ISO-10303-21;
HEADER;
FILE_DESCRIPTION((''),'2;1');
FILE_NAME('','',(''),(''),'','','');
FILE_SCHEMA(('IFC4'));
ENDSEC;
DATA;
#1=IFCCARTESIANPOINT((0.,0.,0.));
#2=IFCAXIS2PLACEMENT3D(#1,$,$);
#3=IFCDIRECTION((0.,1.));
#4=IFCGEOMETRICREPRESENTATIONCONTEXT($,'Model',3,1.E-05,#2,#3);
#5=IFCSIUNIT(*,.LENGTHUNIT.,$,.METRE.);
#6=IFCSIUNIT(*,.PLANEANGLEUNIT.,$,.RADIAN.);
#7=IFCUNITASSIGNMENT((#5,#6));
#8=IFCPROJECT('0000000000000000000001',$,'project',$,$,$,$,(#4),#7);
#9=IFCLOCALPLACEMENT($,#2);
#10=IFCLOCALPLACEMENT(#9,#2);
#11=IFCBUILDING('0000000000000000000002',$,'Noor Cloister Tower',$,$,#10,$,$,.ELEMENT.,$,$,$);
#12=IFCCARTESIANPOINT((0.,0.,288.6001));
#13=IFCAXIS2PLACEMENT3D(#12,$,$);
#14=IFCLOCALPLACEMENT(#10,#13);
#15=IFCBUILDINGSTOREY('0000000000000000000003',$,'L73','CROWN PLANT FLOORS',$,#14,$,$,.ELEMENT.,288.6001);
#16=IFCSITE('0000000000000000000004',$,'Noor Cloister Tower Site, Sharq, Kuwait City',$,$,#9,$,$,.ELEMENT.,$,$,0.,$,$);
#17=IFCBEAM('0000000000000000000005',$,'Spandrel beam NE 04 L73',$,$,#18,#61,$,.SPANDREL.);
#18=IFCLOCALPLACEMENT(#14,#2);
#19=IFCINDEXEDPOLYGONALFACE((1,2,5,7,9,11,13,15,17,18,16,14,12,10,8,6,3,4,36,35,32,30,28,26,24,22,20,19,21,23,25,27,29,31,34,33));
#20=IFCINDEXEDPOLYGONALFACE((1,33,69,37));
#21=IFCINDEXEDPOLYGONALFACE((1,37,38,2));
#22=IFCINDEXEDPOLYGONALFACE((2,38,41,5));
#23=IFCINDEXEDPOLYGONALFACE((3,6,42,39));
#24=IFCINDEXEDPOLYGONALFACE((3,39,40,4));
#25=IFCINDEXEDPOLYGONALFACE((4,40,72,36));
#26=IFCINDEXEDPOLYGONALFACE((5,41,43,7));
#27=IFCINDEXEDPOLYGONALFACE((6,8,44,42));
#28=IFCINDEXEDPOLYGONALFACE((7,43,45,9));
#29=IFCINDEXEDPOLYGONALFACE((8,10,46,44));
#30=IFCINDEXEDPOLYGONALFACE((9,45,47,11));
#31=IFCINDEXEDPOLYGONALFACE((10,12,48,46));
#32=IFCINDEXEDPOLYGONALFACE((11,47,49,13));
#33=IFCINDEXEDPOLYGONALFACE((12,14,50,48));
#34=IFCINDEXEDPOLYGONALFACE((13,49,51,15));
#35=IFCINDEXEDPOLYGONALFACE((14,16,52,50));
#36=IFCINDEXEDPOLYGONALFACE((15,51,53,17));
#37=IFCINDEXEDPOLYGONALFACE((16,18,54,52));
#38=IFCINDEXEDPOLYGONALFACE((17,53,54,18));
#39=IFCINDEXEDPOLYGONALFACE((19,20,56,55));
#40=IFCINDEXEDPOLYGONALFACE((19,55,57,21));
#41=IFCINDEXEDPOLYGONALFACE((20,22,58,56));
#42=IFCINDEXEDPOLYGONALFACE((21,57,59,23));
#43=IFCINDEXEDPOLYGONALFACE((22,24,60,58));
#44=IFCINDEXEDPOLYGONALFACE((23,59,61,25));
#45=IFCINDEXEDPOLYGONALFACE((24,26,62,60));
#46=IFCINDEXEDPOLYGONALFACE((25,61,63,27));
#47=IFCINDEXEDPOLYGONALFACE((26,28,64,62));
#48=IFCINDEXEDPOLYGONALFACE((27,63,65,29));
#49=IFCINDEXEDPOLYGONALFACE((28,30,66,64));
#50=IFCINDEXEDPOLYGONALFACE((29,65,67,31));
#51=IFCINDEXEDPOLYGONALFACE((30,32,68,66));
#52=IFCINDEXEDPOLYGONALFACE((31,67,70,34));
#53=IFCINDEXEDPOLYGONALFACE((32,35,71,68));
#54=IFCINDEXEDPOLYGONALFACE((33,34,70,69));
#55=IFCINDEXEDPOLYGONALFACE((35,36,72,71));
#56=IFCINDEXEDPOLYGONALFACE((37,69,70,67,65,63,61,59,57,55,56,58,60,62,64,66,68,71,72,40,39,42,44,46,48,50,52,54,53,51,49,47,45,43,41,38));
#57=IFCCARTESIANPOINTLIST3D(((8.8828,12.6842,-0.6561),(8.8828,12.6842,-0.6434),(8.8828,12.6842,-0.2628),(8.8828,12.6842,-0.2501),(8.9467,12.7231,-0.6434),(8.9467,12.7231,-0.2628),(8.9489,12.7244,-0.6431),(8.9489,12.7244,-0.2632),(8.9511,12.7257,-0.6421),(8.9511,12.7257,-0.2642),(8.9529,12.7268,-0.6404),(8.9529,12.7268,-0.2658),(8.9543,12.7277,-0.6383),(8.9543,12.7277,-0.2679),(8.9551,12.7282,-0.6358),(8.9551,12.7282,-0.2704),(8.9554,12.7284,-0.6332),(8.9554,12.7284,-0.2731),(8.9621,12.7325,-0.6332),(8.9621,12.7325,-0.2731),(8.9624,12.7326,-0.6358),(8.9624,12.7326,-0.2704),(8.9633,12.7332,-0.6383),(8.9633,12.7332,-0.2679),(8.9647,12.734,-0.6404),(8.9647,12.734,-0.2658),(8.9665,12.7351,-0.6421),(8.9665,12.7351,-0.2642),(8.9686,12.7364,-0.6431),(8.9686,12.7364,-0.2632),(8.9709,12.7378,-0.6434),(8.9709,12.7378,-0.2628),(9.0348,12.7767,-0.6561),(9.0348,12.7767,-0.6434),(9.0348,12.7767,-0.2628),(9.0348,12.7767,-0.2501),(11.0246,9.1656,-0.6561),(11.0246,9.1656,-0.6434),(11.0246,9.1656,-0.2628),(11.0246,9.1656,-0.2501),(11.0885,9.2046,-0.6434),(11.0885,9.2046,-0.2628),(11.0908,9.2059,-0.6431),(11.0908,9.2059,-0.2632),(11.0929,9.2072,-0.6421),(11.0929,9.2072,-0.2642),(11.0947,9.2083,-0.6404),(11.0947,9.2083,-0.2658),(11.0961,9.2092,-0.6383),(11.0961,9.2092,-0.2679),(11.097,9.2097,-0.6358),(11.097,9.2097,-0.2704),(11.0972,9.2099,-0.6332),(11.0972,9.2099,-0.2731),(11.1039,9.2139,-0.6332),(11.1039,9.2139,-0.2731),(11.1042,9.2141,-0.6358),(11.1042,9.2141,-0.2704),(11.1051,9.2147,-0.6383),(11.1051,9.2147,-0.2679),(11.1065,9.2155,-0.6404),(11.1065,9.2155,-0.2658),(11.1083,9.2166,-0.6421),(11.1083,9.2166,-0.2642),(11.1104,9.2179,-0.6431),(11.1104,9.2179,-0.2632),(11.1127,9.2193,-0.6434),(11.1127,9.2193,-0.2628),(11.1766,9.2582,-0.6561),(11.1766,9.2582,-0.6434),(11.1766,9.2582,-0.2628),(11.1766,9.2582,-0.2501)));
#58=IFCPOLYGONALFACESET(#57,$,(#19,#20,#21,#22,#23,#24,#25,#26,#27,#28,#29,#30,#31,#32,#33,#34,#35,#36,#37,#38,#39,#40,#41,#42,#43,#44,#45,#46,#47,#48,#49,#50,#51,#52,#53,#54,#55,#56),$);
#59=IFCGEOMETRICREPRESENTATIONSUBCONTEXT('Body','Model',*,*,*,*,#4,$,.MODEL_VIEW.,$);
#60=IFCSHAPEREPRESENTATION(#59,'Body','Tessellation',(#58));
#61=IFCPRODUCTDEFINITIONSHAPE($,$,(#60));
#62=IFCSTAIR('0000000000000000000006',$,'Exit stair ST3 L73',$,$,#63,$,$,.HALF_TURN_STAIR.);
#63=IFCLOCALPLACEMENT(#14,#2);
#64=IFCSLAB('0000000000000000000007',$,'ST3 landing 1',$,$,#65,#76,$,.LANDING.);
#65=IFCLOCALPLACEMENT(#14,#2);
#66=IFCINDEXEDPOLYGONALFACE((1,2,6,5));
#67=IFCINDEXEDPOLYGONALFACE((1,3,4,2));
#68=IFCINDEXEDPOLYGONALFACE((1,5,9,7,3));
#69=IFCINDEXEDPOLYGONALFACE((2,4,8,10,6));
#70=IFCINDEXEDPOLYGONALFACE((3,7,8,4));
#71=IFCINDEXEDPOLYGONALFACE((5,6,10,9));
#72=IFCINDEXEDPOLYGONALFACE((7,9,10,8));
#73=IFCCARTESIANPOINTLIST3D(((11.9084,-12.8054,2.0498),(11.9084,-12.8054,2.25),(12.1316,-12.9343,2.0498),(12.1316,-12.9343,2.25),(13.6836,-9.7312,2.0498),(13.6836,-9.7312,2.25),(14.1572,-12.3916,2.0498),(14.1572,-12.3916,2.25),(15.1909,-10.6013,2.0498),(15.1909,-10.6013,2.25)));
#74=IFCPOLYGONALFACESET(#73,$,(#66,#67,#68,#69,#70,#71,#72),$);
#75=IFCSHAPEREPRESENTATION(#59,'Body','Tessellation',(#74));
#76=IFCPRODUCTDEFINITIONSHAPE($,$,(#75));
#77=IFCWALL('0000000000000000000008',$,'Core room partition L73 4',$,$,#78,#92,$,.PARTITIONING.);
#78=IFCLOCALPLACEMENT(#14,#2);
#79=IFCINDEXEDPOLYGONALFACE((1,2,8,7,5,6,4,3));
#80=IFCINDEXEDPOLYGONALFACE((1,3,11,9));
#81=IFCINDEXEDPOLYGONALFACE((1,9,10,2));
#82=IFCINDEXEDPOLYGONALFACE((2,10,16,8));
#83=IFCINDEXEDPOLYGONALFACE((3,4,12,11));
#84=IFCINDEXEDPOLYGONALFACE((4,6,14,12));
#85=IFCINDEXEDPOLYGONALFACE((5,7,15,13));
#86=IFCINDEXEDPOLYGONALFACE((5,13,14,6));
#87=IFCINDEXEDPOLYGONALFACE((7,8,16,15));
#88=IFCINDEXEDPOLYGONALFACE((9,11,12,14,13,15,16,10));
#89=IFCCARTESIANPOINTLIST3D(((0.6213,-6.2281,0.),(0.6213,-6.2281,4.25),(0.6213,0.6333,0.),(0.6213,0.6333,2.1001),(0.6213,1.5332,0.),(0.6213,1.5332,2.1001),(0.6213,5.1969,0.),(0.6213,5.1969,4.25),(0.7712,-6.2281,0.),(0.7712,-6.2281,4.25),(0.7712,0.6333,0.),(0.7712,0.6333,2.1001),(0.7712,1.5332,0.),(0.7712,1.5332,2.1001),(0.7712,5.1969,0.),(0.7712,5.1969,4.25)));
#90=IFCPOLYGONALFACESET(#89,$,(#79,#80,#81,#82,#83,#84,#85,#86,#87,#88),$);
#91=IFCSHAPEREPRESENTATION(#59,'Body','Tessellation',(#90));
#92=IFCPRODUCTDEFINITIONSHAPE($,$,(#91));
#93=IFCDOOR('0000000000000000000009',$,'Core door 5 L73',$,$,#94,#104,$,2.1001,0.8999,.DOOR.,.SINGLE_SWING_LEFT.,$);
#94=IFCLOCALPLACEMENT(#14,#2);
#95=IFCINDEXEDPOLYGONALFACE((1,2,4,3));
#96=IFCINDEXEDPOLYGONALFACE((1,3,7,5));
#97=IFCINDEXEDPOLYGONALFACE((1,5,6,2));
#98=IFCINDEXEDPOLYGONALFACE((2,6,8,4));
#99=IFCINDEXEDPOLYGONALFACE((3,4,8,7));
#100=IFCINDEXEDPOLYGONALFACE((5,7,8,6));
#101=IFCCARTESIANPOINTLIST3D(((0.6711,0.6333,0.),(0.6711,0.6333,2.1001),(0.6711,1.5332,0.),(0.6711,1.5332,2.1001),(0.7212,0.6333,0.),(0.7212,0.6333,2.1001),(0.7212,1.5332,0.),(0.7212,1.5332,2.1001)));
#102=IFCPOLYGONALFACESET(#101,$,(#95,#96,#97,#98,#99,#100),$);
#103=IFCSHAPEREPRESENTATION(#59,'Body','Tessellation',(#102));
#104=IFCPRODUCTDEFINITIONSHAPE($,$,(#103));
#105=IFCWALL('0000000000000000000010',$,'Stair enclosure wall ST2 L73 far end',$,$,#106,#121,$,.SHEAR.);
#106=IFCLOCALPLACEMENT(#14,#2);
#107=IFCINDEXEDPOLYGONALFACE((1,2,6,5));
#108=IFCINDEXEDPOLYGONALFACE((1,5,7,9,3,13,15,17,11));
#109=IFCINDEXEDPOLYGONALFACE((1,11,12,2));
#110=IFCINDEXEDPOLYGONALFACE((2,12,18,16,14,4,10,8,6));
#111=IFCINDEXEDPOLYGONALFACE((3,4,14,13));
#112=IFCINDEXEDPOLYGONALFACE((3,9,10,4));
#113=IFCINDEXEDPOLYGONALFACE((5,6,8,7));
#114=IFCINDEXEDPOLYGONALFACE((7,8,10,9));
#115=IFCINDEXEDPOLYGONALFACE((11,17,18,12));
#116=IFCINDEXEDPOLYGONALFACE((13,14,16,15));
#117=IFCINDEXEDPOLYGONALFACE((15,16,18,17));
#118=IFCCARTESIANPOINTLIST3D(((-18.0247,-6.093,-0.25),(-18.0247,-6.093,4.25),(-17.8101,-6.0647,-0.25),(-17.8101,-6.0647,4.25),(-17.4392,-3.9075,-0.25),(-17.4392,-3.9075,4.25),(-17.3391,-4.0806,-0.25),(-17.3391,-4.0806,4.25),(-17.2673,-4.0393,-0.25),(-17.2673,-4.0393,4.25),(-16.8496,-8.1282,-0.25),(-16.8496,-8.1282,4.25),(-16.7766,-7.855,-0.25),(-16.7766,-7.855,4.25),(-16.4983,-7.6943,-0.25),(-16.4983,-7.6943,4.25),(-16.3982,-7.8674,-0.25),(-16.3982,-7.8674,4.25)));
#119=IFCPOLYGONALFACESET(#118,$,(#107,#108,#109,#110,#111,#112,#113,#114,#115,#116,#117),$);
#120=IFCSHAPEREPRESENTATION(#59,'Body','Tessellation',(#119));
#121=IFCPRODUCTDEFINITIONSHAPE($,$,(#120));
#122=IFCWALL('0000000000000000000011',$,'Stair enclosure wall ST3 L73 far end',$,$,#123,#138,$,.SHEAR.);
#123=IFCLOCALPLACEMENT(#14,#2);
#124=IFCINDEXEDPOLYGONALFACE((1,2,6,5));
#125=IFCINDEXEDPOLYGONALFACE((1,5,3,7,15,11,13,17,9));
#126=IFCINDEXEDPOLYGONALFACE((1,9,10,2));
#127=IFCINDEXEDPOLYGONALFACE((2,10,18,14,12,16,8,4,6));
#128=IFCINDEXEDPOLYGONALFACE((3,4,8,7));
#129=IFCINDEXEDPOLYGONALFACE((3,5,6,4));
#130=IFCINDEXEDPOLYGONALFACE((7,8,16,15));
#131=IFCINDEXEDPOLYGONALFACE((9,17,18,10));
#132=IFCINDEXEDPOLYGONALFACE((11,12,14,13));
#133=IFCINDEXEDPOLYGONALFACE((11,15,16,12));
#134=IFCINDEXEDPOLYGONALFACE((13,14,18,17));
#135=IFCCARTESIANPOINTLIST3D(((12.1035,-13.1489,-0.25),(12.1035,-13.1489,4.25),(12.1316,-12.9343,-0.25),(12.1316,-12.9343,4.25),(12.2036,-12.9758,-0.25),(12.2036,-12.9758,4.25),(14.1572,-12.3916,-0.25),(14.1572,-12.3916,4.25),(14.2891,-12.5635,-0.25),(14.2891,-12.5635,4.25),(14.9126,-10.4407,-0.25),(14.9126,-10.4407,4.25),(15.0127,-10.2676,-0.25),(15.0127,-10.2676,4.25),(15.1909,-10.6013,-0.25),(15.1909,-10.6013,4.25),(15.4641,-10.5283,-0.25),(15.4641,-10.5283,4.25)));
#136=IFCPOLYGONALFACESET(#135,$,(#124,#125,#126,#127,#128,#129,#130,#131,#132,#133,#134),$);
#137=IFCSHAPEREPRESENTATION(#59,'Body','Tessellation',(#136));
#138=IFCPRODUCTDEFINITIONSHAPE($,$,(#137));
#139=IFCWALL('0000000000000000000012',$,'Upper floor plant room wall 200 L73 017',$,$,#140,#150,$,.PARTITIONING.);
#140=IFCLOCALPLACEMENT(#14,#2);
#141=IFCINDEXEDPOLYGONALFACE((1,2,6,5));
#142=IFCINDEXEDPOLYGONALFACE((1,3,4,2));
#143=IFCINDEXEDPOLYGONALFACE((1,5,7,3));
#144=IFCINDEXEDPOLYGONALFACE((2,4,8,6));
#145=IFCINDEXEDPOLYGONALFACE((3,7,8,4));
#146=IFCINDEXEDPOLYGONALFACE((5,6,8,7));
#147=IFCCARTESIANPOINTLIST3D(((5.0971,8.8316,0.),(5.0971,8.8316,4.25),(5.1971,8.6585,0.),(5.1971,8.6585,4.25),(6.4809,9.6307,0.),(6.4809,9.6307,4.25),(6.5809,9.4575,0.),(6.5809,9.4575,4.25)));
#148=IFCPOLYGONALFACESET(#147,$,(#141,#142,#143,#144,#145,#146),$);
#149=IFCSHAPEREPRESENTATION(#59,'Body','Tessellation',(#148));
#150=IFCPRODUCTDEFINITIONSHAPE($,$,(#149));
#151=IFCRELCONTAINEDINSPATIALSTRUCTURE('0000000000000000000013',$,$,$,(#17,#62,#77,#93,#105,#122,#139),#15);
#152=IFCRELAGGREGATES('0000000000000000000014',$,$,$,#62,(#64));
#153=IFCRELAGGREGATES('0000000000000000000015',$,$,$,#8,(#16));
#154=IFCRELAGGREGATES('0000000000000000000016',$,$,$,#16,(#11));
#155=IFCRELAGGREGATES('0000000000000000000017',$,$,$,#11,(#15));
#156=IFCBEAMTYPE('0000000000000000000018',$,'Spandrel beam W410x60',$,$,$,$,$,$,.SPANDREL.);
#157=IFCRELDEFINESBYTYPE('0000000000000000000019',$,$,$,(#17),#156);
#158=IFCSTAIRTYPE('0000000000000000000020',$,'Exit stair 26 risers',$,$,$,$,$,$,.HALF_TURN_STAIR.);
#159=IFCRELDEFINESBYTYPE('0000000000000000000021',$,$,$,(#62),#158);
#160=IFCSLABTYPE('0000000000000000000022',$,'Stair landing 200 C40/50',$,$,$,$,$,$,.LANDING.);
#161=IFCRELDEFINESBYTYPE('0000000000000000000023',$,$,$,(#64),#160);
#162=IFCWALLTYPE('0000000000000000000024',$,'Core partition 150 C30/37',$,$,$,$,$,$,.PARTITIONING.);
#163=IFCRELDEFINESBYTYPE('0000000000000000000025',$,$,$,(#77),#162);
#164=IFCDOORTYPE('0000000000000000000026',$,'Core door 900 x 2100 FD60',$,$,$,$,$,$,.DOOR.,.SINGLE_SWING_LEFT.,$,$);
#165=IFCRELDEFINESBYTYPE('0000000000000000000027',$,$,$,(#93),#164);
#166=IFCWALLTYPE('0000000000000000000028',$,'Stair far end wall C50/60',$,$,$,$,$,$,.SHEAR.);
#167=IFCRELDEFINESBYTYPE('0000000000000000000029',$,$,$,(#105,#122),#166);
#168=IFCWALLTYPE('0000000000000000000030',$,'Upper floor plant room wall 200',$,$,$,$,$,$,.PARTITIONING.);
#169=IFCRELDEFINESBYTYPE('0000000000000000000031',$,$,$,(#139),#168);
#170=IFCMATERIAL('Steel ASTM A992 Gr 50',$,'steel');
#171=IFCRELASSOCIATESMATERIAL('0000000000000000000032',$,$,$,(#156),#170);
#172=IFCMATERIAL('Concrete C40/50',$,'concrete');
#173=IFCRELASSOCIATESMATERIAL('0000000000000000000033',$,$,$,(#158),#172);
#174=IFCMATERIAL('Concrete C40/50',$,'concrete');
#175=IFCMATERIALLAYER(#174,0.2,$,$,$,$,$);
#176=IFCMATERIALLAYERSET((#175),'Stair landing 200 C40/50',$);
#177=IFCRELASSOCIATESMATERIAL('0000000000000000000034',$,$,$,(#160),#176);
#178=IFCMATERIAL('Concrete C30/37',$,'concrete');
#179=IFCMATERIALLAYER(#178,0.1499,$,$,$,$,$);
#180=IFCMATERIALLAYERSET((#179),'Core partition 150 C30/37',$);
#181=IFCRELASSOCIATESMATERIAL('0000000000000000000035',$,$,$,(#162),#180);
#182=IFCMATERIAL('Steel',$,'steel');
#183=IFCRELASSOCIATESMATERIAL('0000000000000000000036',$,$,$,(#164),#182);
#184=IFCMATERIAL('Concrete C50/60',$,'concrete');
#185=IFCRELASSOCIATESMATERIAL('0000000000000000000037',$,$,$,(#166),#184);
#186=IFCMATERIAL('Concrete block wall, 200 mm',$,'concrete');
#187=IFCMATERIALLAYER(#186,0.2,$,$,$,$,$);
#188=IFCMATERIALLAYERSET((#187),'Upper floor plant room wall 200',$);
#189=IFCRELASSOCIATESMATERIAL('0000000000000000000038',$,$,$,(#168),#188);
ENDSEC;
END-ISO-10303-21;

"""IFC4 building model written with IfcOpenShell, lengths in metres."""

from ifc_helpers import new_model, si_unit, direction, frame, frame_2d, origin, origin_2d, place, context, subcontext, project, spatial, polyline, rectangle, i_section, outline, extrude, material, layer, layer_set, material_profile, profile_set, type_object, element, fill, aggregate, save


model = new_model("IFC4")

# Units and contexts
model_context = context("Model", 3, precision=1e-05, world=origin(), true_north=direction((0.0, 1.0)))
body_context = subcontext(model_context, "Body", "Model", "MODEL_VIEW")
ifc_project = project(units=[si_unit("LENGTHUNIT", "METRE"), si_unit("PLANEANGLEUNIT", "RADIAN")], contexts=[model_context])

# Site, building, storey
site_placement = place(None, origin())
site = spatial("IfcSite", under=ifc_project, at=site_placement, Name="Noor Cloister Tower Site, Sharq, Kuwait City", CompositionType="ELEMENT", RefElevation=0.0)
building_placement = place(site_placement, origin())
building = spatial("IfcBuilding", under=site, at=building_placement, Name="Noor Cloister Tower", CompositionType="ELEMENT")
storey_placement = place(building_placement, frame((0.0, 0.0, 288.6001)))
storey = spatial("IfcBuildingStorey", under=building, at=storey_placement, Name="L73", Description="CROWN PLANT FLOORS", CompositionType="ELEMENT", Elevation=288.6001)

# Beam
ifc_material_1 = material(Name="Steel ASTM A992 Gr 50", Category="steel")
ifc_material_profile_1 = material_profile(ifc_material_1, i_section(OverallWidth=0.178, OverallDepth=0.406, WebThickness=0.0078, FlangeThickness=0.0127, FilletRadius=0.0103, at=origin_2d()), Name="W410x60")
ifc_profile_set_1 = profile_set([ifc_material_profile_1], Name="Steel ASTM A992 Gr 50")
beam_type_1 = type_object("IfcBeamType", Name="Spandrel beam W410x60", PredefinedType="SPANDREL", material=ifc_profile_set_1)
for number, where, z_axis, x_axis, name in (
    (1, (11.1006, 9.2119, -0.4531), (-0.519968, 0.854186, 0.0), (-0.854186, -0.519968, 0.0), "Spandrel beam NE 04 L73"),
):
    element("IfcBeam", number, at=place(storey_placement, frame(where, z_axis=z_axis, x_axis=x_axis)), inside=storey, type_object=beam_type_1, Name=name, PredefinedType="SPANDREL", context=body_context, shape_type="SweptSolid", body=[
        extrude(i_section(OverallWidth=0.178, OverallDepth=0.406, WebThickness=0.0078, FlangeThickness=0.0127, FilletRadius=0.0103, at=origin_2d()), origin(), (0.0, 0.0, 1.0), 4.1191),
    ])

# Stair, slab
ifc_material_2 = material(Name="Concrete C40/50", Category="concrete")
stair_type = type_object("IfcStairType", Name="Exit stair 26 risers", PredefinedType="HALF_TURN_STAIR", material=ifc_material_2)
stair_placement = place(storey_placement, origin())
stair = element("IfcStair", 2, at=stair_placement, inside=storey, type_object=stair_type, Name="Exit stair ST3 L73", PredefinedType="HALF_TURN_STAIR")
ifc_material_3 = material(Name="Concrete C40/50", Category="concrete")
ifc_layer_1 = layer(ifc_material_3, 0.2)
ifc_layer_set_1 = layer_set([ifc_layer_1], Name="Stair landing 200 C40/50")
slab_type = type_object("IfcSlabType", Name="Stair landing 200 C40/50", PredefinedType="LANDING", material=ifc_layer_set_1)
slab_placement = place(storey_placement, frame((0.0, 0.0, 2.0498)))
slab = element("IfcSlab", 3, at=slab_placement, type_object=slab_type, Name="ST3 landing 1", PredefinedType="LANDING", context=body_context, shape_type="SweptSolid", body=[
    extrude(outline(polyline([(11.9084, -12.8054), (12.1316, -12.9343), (14.1572, -12.3916), (15.1909, -10.6013), (13.6836, -9.7312), (11.9084, -12.8054)])), origin(), (0.0, 0.0, 1.0), 0.2002),
])
aggregate(stair, [slab])

# Wall, opening, door
ifc_material_4 = material(Name="Concrete C30/37", Category="concrete")
ifc_layer_2 = layer(ifc_material_4, 0.1499)
ifc_layer_set_2 = layer_set([ifc_layer_2], Name="Core partition 150 C30/37")
wall_type_1 = type_object("IfcWallType", Name="Core partition 150 C30/37", PredefinedType="PARTITIONING", material=ifc_layer_set_2)
wall_1_placement = place(storey_placement, frame((0.6963, 5.1968, 0.0), z_axis=(0.0, 0.0, 1.0), x_axis=(0.0, -1.0, 0.0)))
wall_1 = element("IfcWall", 4, at=wall_1_placement, inside=storey, type_object=wall_type_1, Name="Core room partition L73 4", PredefinedType="PARTITIONING", context=body_context, shape_type="SweptSolid", body=[
    extrude(rectangle(XDim=11.425, YDim=0.1499, at=frame_2d((5.7124, 0.0))), origin(), (0.0, 0.0, 1.0), 4.25),
])
opening_1_placement = place(wall_1_placement, frame((3.6636, 0.0, 0.0)))
opening_1 = element("IfcOpeningElement", 5, at=opening_1_placement, cuts=wall_1, PredefinedType="OPENING", context=body_context, shape_type="SweptSolid", body=[
    extrude(rectangle(XDim=0.8999, YDim=2.1001, at=frame_2d((0.45, 1.05))), frame((0.0, 0.085, 0.0), z_axis=(0.0, -1.0, 0.0), x_axis=(1.0, 0.0, 0.0)), (0.0, 0.0, 1.0), 0.1699),
])
ifc_material_5 = material(Name="Steel", Category="steel")
door_type_1 = type_object("IfcDoorType", Name="Core door 900 x 2100 FD60", OperationType="SINGLE_SWING_LEFT", PredefinedType="DOOR", material=ifc_material_5)
door_1_placement = place(opening_1_placement, origin())
door_1 = element("IfcDoor", 6, at=door_1_placement, inside=storey, type_object=door_type_1, Name="Core door 5 L73", OperationType="SINGLE_SWING_LEFT", OverallHeight=2.1001, OverallWidth=0.8999, PredefinedType="DOOR", context=body_context, shape_type="SweptSolid", body=[
    extrude(rectangle(XDim=0.8999, YDim=2.1001, at=frame_2d((0.45, 1.05))), frame((0.0, 0.0249, 0.0), z_axis=(0.0, -1.0, 0.0), x_axis=(1.0, 0.0, 0.0)), (0.0, 0.0, 1.0), 0.05),
])
fill(opening_1, door_1)

# Walls
ifc_material_6 = material(Name="Concrete C50/60", Category="concrete")
wall_type_2 = type_object("IfcWallType", Name="Stair far end wall C50/60", PredefinedType="SHEAR", material=ifc_material_6)
wall_2_placement = place(storey_placement, frame((0.0, 0.0, -0.25)))
element("IfcWall", 7, at=wall_2_placement, inside=storey, type_object=wall_type_2, Name="Stair enclosure wall ST2 L73 far end", PredefinedType="SHEAR", context=body_context, shape_type="SweptSolid", body=[
    extrude(outline(polyline([(-17.4392, -3.9075), (-18.0247, -6.093), (-16.8496, -8.1282), (-16.3982, -7.8674), (-16.4983, -7.6943), (-16.4983, -7.6943), (-16.7766, -7.855), (-17.8101, -6.0647), (-17.2673, -4.0393), (-17.3391, -4.0806), (-17.3391, -4.0806), (-17.3391, -4.0806), (-17.3391, -4.0806), (-17.3391, -4.0806), (-17.3391, -4.0806), (-17.3391, -4.0806), (-17.3391, -4.0806), (-17.3391, -4.0806), (-17.3391, -4.0806), (-17.3391, -4.0806), (-17.3391, -4.0806), (-17.3391, -4.0806), (-17.3391, -4.0806), (-17.3391, -4.0806), (-17.3391, -4.0806), (-17.3391, -4.0806), (-17.4392, -3.9075)])), origin(), (0.0, 0.0, 1.0), 4.5),
])
wall_3_placement = place(storey_placement, frame((0.0, 0.0, -0.25)))
element("IfcWall", 8, at=wall_3_placement, inside=storey, type_object=wall_type_2, Name="Stair enclosure wall ST3 L73 far end", PredefinedType="SHEAR", context=body_context, shape_type="SweptSolid", body=[
    extrude(outline(polyline([(12.1035, -13.1489), (14.2891, -12.5635), (15.4641, -10.5283), (15.0127, -10.2676), (14.9126, -10.4407), (15.1909, -10.6013), (14.1572, -12.3916), (12.1316, -12.9343), (12.2036, -12.9758), (12.2036, -12.9758), (12.2036, -12.9758), (12.2036, -12.9758), (12.2036, -12.9758), (12.2036, -12.9758), (12.2036, -12.9758), (12.2036, -12.9758), (12.2036, -12.9758), (12.2036, -12.9758), (12.2036, -12.9758), (12.2036, -12.9758), (12.2036, -12.9758), (12.2036, -12.9758), (12.2036, -12.9758), (12.2036, -12.9758), (12.2036, -12.9758), (12.1035, -13.1489)])), origin(), (0.0, 0.0, 1.0), 4.5),
])
ifc_material_7 = material(Name="Concrete block wall, 200 mm", Category="concrete")
ifc_layer_3 = layer(ifc_material_7, 0.2)
ifc_layer_set_3 = layer_set([ifc_layer_3], Name="Upper floor plant room wall 200")
wall_type_3 = type_object("IfcWallType", Name="Upper floor plant room wall 200", PredefinedType="PARTITIONING", material=ifc_layer_set_3)
wall_4_placement = place(storey_placement, frame((5.1472, 8.7451, 0.0), z_axis=(0.0, 0.0, 1.0), x_axis=(0.865987, 0.500066, 0.0)))
element("IfcWall", 9, at=wall_4_placement, inside=storey, type_object=wall_type_3, Name="Upper floor plant room wall 200 L73 017", PredefinedType="PARTITIONING", context=body_context, shape_type="SweptSolid", body=[
    extrude(rectangle(XDim=1.5979, YDim=0.2, at=frame_2d((0.7988, 0.0))), origin(), (0.0, 0.0, 1.0), 4.25),
])

save(model, "model.ifc")
